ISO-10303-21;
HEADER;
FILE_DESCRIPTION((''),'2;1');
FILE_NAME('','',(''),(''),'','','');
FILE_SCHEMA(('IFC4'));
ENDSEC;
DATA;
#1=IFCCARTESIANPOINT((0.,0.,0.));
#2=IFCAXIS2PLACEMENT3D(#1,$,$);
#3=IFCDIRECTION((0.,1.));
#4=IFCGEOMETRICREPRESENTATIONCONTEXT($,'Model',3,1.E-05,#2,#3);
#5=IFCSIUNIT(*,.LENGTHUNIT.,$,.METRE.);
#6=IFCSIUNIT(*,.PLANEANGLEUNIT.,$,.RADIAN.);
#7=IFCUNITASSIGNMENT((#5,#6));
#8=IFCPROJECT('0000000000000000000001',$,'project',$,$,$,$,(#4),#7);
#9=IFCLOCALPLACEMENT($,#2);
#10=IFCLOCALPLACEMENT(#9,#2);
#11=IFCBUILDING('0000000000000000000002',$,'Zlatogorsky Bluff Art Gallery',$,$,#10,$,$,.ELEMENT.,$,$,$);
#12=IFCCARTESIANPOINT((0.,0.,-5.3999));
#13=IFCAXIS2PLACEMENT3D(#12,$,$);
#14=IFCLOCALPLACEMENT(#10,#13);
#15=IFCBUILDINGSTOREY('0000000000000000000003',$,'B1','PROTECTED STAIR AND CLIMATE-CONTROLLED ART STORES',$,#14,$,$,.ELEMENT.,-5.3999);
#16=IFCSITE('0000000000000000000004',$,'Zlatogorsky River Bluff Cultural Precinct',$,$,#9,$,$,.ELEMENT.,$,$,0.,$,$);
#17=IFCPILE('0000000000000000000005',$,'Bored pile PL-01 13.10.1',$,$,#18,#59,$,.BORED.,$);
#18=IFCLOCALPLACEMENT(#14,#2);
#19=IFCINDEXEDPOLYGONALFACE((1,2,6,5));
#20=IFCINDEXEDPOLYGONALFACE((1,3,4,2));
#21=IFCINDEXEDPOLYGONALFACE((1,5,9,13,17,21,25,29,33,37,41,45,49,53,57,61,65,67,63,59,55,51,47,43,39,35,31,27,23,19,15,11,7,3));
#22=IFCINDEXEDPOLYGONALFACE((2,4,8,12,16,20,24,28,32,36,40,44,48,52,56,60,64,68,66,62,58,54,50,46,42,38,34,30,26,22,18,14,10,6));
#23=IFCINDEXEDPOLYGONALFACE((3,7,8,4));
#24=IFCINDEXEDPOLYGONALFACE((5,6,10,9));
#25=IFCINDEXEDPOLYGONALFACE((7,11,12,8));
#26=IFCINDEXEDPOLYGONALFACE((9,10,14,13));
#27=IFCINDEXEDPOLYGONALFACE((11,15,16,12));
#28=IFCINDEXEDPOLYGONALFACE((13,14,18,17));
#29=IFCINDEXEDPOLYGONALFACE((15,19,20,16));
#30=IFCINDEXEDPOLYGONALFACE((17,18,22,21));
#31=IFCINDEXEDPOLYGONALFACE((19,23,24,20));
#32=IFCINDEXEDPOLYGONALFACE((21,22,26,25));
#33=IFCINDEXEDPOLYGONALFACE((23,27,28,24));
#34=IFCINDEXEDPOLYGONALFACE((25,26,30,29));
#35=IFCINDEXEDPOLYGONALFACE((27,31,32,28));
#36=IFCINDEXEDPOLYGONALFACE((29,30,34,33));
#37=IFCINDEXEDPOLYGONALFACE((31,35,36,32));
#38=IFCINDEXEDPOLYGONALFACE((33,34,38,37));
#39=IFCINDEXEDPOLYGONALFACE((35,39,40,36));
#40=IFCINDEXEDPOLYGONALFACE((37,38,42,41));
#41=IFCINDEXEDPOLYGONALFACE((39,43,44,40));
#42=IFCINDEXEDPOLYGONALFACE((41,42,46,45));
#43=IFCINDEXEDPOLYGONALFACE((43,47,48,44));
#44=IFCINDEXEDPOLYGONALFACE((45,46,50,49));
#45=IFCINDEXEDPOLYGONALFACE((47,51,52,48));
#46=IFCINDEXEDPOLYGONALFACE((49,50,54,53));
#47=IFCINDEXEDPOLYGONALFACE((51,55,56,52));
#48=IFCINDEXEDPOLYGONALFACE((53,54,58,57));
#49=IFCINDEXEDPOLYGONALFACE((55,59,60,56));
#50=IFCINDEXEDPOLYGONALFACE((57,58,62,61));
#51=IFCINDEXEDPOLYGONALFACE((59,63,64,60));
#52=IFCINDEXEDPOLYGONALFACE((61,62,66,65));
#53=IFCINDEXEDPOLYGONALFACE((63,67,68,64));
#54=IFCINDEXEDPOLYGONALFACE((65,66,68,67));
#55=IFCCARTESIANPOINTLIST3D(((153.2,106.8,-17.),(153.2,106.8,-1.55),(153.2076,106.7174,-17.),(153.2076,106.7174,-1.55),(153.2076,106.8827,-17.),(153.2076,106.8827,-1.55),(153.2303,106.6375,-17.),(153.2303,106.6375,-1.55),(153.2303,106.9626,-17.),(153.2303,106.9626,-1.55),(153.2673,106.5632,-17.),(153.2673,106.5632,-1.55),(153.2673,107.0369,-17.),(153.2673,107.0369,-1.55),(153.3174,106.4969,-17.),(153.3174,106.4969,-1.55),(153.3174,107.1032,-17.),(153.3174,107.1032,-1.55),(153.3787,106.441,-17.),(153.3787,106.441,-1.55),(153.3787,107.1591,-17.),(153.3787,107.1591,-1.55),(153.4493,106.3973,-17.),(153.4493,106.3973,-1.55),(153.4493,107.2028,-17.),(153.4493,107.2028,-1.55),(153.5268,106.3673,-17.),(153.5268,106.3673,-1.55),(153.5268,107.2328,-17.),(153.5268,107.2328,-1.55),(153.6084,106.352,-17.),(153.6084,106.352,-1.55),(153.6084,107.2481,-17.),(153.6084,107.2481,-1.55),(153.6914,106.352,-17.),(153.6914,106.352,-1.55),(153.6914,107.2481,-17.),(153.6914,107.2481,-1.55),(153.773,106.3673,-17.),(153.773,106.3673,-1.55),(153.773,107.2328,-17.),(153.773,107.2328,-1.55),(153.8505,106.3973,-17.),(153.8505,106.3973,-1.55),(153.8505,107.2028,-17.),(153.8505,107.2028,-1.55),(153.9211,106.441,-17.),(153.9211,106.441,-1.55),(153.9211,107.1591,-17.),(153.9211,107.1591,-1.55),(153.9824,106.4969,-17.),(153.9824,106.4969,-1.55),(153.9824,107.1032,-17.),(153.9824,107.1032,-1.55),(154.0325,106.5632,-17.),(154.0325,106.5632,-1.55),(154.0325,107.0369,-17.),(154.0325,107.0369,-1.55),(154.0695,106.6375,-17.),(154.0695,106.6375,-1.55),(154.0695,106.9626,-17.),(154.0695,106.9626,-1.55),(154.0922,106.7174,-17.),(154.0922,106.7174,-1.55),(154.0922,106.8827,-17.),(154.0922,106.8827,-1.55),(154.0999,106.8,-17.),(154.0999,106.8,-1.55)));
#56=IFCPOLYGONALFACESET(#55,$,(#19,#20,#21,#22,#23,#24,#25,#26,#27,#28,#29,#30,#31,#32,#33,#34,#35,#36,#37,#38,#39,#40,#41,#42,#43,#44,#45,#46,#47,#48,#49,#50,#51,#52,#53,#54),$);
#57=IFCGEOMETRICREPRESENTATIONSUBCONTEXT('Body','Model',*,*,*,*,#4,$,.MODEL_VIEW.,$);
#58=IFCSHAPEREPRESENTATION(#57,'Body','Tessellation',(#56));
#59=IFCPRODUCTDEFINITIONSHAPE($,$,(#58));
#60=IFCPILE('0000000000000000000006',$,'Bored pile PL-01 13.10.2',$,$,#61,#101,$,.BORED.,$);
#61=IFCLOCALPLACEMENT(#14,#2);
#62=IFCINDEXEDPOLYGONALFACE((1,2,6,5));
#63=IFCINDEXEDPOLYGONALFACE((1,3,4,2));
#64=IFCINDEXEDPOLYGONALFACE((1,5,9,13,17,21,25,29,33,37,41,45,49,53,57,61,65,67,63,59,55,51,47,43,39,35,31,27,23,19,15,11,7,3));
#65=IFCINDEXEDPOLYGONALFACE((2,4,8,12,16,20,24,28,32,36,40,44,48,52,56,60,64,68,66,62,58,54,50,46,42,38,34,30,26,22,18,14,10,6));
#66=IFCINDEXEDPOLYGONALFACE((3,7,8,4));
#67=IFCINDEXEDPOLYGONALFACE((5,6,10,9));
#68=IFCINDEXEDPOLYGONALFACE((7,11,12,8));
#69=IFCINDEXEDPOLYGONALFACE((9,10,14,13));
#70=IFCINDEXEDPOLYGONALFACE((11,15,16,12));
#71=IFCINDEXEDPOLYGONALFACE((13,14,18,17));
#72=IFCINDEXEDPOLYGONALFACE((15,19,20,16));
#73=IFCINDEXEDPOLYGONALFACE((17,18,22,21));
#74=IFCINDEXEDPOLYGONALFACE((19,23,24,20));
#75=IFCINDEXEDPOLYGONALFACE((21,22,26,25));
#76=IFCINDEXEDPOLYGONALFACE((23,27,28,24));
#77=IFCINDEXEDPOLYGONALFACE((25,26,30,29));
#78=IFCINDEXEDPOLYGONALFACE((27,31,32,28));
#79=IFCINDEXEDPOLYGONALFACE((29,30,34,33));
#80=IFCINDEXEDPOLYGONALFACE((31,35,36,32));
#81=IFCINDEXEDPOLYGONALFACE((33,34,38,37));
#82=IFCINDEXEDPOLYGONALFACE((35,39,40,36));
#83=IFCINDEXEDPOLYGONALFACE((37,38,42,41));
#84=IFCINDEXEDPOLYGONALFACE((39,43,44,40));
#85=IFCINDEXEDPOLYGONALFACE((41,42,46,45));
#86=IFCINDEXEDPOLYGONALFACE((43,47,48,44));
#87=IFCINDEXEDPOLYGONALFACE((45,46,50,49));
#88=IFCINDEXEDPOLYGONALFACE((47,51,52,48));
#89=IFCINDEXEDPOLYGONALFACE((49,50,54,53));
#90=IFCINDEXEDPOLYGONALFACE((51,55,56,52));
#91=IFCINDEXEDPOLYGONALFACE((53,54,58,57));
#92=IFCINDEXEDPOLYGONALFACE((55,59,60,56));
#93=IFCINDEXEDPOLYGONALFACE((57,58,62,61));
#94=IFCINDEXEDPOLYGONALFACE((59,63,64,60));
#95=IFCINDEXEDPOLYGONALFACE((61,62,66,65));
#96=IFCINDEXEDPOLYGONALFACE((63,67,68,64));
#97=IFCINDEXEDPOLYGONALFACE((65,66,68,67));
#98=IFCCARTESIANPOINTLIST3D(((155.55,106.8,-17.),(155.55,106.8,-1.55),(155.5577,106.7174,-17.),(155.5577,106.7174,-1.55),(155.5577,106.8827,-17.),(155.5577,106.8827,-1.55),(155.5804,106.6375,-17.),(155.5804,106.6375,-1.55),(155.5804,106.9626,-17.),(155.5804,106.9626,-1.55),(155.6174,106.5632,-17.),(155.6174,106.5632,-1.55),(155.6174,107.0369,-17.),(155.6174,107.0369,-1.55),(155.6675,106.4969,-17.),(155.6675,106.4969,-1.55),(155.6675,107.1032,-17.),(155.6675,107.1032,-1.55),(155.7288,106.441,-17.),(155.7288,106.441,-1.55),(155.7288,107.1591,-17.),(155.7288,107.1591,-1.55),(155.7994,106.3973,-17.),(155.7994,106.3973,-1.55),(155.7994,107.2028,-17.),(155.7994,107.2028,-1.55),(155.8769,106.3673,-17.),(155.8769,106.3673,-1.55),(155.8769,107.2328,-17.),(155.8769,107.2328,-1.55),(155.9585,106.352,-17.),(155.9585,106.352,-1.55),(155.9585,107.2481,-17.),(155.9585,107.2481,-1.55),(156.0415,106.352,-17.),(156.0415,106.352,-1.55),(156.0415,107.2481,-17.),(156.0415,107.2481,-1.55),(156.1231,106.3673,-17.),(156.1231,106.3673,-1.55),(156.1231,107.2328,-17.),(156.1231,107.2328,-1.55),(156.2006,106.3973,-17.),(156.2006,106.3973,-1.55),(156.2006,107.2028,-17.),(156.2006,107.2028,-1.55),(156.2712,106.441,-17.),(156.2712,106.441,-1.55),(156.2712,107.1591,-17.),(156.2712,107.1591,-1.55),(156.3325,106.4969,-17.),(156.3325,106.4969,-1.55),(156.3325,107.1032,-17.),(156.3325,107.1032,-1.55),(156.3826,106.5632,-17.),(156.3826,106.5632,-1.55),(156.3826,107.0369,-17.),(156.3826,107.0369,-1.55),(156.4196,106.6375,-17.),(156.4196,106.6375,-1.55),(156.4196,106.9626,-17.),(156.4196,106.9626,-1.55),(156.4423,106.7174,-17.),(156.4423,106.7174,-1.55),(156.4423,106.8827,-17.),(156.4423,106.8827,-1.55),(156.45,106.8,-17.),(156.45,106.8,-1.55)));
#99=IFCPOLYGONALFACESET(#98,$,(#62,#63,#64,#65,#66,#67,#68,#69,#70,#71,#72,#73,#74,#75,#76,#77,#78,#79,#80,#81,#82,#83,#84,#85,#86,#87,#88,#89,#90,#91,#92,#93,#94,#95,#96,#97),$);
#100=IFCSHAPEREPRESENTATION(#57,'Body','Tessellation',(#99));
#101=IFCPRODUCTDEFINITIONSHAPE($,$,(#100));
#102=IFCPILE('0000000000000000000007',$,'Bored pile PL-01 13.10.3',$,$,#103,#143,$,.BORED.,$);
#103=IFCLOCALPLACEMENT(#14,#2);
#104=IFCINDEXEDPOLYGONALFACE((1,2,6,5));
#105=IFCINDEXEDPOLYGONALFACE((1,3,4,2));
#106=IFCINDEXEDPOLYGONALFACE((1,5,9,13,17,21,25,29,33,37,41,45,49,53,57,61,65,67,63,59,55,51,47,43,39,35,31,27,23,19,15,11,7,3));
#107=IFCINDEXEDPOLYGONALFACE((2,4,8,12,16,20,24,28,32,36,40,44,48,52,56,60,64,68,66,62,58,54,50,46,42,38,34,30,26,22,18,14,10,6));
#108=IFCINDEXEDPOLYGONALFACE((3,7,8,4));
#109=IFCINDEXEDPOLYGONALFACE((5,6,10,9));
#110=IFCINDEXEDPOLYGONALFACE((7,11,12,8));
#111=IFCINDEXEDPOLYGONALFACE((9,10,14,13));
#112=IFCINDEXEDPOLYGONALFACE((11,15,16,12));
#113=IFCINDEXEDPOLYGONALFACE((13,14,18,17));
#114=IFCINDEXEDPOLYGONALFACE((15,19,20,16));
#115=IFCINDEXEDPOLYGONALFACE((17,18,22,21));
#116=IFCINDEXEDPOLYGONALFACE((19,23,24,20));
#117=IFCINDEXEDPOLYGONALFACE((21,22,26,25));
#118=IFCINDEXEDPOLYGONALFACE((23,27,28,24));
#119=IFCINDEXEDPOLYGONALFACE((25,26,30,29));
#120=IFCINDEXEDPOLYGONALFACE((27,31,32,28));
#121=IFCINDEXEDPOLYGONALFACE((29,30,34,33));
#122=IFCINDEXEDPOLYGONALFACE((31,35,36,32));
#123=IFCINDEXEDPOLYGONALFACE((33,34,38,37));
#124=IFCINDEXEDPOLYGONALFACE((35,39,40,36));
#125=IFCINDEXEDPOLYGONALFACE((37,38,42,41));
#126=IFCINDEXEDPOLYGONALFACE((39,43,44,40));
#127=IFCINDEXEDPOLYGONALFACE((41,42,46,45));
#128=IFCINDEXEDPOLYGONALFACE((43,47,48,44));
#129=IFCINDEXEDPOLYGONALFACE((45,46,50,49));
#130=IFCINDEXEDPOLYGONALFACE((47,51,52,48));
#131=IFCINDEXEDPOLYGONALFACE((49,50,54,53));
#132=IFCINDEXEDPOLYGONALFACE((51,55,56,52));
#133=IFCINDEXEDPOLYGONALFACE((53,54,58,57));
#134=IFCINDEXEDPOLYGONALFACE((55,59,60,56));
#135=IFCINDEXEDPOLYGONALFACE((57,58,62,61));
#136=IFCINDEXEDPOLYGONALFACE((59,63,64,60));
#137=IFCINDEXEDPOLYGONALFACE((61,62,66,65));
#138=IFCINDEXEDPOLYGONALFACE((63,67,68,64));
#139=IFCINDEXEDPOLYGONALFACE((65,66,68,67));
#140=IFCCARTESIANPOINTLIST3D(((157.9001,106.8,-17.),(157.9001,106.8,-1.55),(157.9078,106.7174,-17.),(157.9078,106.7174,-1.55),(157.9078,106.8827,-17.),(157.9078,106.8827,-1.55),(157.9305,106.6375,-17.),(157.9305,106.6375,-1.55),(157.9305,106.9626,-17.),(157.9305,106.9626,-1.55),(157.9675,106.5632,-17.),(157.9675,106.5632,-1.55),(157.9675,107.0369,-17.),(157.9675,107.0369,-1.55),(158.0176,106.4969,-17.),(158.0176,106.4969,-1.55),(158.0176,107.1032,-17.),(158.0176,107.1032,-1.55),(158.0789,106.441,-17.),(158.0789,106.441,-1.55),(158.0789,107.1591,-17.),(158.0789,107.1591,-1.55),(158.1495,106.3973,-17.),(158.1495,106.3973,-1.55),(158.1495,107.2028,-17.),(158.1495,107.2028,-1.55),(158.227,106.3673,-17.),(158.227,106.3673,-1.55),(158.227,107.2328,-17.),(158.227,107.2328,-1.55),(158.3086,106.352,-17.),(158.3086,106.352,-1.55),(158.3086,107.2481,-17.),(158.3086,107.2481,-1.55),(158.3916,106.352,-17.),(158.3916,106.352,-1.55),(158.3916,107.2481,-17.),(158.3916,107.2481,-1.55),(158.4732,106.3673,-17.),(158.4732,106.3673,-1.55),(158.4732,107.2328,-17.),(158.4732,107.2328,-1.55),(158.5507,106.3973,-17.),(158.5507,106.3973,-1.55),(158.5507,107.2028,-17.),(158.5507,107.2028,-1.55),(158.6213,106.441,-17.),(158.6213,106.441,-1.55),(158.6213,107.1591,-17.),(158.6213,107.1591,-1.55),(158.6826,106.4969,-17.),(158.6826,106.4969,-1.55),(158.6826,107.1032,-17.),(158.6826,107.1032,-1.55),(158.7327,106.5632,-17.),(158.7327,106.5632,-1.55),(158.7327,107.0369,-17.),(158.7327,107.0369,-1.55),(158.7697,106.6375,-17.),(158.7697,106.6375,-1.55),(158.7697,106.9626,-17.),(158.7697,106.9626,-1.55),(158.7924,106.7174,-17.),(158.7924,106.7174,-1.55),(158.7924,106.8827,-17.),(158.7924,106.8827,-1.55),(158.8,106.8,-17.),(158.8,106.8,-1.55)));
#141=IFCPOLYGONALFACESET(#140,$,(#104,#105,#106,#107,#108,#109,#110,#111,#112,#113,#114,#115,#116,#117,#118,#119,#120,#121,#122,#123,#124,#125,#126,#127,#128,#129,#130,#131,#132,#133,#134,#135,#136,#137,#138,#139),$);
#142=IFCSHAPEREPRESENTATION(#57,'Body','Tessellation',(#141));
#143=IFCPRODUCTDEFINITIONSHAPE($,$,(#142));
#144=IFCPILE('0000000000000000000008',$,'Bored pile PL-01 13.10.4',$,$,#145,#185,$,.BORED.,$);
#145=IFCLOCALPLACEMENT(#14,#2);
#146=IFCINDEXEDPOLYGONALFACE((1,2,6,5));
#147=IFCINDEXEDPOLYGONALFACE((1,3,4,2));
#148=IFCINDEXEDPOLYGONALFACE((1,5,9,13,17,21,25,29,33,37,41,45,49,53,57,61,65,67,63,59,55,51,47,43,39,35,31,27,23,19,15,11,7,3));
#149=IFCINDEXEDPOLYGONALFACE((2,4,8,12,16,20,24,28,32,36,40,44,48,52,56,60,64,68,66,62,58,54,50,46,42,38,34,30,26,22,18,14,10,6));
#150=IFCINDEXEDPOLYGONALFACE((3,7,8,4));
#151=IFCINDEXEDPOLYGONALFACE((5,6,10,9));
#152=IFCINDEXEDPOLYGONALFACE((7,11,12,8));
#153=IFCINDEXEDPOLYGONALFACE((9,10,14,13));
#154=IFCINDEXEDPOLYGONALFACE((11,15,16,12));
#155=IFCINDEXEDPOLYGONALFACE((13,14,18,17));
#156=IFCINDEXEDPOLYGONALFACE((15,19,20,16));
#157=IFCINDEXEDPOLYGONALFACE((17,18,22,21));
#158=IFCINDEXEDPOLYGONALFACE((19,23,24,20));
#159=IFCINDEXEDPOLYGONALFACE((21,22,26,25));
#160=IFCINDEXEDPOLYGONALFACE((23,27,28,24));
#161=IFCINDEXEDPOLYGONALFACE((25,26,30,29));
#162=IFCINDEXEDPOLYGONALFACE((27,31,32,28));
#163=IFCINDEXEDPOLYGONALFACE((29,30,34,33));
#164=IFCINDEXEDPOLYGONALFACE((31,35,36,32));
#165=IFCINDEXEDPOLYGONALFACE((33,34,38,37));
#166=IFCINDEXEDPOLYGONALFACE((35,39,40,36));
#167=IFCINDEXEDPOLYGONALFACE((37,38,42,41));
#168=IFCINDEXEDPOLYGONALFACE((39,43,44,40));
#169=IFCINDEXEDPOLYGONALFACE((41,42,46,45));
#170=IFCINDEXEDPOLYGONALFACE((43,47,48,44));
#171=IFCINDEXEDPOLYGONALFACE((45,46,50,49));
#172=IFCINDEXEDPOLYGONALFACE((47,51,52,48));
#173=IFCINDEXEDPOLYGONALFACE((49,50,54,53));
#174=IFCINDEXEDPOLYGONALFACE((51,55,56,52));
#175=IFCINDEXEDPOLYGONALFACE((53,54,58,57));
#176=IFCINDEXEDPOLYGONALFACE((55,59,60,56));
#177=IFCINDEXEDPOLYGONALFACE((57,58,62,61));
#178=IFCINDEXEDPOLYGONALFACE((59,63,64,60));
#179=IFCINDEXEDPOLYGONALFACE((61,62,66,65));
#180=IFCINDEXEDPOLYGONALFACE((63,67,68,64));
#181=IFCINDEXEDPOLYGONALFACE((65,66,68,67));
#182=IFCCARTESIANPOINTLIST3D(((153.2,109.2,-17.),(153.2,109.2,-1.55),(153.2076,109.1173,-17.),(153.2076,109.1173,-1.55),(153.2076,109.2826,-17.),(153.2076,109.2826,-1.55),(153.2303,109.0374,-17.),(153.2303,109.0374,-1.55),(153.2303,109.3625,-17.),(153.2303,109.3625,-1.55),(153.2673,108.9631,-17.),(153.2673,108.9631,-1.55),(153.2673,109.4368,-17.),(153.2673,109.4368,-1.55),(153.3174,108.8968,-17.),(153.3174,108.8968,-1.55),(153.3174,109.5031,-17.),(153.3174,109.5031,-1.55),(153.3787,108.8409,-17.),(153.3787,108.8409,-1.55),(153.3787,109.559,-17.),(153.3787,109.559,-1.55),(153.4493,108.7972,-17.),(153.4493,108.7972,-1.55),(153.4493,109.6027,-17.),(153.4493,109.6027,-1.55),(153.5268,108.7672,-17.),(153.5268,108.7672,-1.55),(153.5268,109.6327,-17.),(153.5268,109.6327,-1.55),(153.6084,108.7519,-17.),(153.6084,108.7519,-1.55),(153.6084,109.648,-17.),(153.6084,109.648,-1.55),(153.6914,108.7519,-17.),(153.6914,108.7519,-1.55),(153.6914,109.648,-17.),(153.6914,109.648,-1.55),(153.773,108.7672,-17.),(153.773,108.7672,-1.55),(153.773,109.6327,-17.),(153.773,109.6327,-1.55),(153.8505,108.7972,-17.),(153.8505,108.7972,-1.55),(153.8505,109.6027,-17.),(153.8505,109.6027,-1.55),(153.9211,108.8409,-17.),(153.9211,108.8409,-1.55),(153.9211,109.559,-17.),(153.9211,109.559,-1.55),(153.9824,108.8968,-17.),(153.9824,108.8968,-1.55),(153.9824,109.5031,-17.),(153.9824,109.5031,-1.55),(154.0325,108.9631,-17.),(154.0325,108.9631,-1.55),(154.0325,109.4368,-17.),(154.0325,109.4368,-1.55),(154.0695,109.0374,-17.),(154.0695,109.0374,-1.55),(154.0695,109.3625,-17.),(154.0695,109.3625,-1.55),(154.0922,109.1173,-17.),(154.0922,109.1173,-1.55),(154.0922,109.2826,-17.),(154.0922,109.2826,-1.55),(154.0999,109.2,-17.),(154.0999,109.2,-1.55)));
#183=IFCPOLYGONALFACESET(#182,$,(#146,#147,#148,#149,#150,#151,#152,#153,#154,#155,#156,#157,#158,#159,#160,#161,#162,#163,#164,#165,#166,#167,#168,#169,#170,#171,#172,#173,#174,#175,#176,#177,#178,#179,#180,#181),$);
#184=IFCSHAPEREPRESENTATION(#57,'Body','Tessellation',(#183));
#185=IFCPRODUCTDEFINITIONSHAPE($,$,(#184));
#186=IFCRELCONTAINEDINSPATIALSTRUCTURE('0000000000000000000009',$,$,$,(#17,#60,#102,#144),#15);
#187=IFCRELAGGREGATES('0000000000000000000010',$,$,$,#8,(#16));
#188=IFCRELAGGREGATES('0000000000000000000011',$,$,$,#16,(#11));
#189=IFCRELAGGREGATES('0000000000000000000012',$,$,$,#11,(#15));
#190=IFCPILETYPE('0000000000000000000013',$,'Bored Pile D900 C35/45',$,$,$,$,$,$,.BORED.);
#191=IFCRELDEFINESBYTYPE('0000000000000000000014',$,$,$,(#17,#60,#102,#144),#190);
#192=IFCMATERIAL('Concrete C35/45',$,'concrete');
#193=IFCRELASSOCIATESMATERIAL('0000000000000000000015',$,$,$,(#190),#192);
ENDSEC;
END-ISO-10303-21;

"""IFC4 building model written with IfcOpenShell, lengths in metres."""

from ifc_helpers import new_model, si_unit, direction, frame, origin, origin_2d, place, context, subcontext, project, spatial, circle, extrude, material, material_profile, profile_set, type_object, element, save


model = new_model("IFC4")

# Units and contexts
model_context = context("Model", 3, precision=1e-05, world=origin(), true_north=direction((0.0, 1.0)))
body_context = subcontext(model_context, "Body", "Model", "MODEL_VIEW")
ifc_project = project(units=[si_unit("LENGTHUNIT", "METRE"), si_unit("PLANEANGLEUNIT", "RADIAN")], contexts=[model_context])

# Site, building, storey
site_placement = place(None, origin())
site = spatial("IfcSite", under=ifc_project, at=site_placement, Name="Zlatogorsky River Bluff Cultural Precinct", CompositionType="ELEMENT", RefElevation=0.0)
building_placement = place(site_placement, origin())
building = spatial("IfcBuilding", under=site, at=building_placement, Name="Zlatogorsky Bluff Art Gallery", CompositionType="ELEMENT")
storey_placement = place(building_placement, frame((0.0, 0.0, -5.3999)))
storey = spatial("IfcBuildingStorey", under=building, at=storey_placement, Name="B1", Description="PROTECTED STAIR AND CLIMATE-CONTROLLED ART STORES", CompositionType="ELEMENT", Elevation=-5.3999)

# Piles
ifc_material_1 = material(Name="Concrete C35/45", Category="concrete")
ifc_material_profile_1 = material_profile(ifc_material_1, circle(Radius=0.45, at=origin_2d()), Name="BORED PILE D900")
ifc_profile_set_1 = profile_set([ifc_material_profile_1], Name="Concrete C35/45")
pile_type = type_object("IfcPileType", Name="Bored Pile D900 C35/45", PredefinedType="BORED", material=ifc_profile_set_1)
for number, where, z_axis, x_axis, name in (
    (1, (153.6499, 106.8, -1.55), (0.0, 0.0, -1.0), (1.0, 0.0, 0.0), "Bored pile PL-01 13.10.1"),
    (2, (156.0, 106.8, -1.55), (0.0, 0.0, -1.0), (1.0, 0.0, 0.0), "Bored pile PL-01 13.10.2"),
    (3, (158.3501, 106.8, -1.55), (0.0, 0.0, -1.0), (1.0, 0.0, 0.0), "Bored pile PL-01 13.10.3"),
    (4, (153.6499, 109.2, -1.55), (0.0, 0.0, -1.0), (1.0, 0.0, 0.0), "Bored pile PL-01 13.10.4"),
):
    element("IfcPile", number, at=place(storey_placement, frame(where, z_axis=z_axis, x_axis=x_axis)), inside=storey, type_object=pile_type, Name=name, PredefinedType="BORED", context=body_context, shape_type="SweptSolid", body=[
        extrude(circle(Radius=0.45, at=origin_2d()), origin(), (0.0, 0.0, 1.0), 15.45),
    ])

save(model, "model.ifc")
